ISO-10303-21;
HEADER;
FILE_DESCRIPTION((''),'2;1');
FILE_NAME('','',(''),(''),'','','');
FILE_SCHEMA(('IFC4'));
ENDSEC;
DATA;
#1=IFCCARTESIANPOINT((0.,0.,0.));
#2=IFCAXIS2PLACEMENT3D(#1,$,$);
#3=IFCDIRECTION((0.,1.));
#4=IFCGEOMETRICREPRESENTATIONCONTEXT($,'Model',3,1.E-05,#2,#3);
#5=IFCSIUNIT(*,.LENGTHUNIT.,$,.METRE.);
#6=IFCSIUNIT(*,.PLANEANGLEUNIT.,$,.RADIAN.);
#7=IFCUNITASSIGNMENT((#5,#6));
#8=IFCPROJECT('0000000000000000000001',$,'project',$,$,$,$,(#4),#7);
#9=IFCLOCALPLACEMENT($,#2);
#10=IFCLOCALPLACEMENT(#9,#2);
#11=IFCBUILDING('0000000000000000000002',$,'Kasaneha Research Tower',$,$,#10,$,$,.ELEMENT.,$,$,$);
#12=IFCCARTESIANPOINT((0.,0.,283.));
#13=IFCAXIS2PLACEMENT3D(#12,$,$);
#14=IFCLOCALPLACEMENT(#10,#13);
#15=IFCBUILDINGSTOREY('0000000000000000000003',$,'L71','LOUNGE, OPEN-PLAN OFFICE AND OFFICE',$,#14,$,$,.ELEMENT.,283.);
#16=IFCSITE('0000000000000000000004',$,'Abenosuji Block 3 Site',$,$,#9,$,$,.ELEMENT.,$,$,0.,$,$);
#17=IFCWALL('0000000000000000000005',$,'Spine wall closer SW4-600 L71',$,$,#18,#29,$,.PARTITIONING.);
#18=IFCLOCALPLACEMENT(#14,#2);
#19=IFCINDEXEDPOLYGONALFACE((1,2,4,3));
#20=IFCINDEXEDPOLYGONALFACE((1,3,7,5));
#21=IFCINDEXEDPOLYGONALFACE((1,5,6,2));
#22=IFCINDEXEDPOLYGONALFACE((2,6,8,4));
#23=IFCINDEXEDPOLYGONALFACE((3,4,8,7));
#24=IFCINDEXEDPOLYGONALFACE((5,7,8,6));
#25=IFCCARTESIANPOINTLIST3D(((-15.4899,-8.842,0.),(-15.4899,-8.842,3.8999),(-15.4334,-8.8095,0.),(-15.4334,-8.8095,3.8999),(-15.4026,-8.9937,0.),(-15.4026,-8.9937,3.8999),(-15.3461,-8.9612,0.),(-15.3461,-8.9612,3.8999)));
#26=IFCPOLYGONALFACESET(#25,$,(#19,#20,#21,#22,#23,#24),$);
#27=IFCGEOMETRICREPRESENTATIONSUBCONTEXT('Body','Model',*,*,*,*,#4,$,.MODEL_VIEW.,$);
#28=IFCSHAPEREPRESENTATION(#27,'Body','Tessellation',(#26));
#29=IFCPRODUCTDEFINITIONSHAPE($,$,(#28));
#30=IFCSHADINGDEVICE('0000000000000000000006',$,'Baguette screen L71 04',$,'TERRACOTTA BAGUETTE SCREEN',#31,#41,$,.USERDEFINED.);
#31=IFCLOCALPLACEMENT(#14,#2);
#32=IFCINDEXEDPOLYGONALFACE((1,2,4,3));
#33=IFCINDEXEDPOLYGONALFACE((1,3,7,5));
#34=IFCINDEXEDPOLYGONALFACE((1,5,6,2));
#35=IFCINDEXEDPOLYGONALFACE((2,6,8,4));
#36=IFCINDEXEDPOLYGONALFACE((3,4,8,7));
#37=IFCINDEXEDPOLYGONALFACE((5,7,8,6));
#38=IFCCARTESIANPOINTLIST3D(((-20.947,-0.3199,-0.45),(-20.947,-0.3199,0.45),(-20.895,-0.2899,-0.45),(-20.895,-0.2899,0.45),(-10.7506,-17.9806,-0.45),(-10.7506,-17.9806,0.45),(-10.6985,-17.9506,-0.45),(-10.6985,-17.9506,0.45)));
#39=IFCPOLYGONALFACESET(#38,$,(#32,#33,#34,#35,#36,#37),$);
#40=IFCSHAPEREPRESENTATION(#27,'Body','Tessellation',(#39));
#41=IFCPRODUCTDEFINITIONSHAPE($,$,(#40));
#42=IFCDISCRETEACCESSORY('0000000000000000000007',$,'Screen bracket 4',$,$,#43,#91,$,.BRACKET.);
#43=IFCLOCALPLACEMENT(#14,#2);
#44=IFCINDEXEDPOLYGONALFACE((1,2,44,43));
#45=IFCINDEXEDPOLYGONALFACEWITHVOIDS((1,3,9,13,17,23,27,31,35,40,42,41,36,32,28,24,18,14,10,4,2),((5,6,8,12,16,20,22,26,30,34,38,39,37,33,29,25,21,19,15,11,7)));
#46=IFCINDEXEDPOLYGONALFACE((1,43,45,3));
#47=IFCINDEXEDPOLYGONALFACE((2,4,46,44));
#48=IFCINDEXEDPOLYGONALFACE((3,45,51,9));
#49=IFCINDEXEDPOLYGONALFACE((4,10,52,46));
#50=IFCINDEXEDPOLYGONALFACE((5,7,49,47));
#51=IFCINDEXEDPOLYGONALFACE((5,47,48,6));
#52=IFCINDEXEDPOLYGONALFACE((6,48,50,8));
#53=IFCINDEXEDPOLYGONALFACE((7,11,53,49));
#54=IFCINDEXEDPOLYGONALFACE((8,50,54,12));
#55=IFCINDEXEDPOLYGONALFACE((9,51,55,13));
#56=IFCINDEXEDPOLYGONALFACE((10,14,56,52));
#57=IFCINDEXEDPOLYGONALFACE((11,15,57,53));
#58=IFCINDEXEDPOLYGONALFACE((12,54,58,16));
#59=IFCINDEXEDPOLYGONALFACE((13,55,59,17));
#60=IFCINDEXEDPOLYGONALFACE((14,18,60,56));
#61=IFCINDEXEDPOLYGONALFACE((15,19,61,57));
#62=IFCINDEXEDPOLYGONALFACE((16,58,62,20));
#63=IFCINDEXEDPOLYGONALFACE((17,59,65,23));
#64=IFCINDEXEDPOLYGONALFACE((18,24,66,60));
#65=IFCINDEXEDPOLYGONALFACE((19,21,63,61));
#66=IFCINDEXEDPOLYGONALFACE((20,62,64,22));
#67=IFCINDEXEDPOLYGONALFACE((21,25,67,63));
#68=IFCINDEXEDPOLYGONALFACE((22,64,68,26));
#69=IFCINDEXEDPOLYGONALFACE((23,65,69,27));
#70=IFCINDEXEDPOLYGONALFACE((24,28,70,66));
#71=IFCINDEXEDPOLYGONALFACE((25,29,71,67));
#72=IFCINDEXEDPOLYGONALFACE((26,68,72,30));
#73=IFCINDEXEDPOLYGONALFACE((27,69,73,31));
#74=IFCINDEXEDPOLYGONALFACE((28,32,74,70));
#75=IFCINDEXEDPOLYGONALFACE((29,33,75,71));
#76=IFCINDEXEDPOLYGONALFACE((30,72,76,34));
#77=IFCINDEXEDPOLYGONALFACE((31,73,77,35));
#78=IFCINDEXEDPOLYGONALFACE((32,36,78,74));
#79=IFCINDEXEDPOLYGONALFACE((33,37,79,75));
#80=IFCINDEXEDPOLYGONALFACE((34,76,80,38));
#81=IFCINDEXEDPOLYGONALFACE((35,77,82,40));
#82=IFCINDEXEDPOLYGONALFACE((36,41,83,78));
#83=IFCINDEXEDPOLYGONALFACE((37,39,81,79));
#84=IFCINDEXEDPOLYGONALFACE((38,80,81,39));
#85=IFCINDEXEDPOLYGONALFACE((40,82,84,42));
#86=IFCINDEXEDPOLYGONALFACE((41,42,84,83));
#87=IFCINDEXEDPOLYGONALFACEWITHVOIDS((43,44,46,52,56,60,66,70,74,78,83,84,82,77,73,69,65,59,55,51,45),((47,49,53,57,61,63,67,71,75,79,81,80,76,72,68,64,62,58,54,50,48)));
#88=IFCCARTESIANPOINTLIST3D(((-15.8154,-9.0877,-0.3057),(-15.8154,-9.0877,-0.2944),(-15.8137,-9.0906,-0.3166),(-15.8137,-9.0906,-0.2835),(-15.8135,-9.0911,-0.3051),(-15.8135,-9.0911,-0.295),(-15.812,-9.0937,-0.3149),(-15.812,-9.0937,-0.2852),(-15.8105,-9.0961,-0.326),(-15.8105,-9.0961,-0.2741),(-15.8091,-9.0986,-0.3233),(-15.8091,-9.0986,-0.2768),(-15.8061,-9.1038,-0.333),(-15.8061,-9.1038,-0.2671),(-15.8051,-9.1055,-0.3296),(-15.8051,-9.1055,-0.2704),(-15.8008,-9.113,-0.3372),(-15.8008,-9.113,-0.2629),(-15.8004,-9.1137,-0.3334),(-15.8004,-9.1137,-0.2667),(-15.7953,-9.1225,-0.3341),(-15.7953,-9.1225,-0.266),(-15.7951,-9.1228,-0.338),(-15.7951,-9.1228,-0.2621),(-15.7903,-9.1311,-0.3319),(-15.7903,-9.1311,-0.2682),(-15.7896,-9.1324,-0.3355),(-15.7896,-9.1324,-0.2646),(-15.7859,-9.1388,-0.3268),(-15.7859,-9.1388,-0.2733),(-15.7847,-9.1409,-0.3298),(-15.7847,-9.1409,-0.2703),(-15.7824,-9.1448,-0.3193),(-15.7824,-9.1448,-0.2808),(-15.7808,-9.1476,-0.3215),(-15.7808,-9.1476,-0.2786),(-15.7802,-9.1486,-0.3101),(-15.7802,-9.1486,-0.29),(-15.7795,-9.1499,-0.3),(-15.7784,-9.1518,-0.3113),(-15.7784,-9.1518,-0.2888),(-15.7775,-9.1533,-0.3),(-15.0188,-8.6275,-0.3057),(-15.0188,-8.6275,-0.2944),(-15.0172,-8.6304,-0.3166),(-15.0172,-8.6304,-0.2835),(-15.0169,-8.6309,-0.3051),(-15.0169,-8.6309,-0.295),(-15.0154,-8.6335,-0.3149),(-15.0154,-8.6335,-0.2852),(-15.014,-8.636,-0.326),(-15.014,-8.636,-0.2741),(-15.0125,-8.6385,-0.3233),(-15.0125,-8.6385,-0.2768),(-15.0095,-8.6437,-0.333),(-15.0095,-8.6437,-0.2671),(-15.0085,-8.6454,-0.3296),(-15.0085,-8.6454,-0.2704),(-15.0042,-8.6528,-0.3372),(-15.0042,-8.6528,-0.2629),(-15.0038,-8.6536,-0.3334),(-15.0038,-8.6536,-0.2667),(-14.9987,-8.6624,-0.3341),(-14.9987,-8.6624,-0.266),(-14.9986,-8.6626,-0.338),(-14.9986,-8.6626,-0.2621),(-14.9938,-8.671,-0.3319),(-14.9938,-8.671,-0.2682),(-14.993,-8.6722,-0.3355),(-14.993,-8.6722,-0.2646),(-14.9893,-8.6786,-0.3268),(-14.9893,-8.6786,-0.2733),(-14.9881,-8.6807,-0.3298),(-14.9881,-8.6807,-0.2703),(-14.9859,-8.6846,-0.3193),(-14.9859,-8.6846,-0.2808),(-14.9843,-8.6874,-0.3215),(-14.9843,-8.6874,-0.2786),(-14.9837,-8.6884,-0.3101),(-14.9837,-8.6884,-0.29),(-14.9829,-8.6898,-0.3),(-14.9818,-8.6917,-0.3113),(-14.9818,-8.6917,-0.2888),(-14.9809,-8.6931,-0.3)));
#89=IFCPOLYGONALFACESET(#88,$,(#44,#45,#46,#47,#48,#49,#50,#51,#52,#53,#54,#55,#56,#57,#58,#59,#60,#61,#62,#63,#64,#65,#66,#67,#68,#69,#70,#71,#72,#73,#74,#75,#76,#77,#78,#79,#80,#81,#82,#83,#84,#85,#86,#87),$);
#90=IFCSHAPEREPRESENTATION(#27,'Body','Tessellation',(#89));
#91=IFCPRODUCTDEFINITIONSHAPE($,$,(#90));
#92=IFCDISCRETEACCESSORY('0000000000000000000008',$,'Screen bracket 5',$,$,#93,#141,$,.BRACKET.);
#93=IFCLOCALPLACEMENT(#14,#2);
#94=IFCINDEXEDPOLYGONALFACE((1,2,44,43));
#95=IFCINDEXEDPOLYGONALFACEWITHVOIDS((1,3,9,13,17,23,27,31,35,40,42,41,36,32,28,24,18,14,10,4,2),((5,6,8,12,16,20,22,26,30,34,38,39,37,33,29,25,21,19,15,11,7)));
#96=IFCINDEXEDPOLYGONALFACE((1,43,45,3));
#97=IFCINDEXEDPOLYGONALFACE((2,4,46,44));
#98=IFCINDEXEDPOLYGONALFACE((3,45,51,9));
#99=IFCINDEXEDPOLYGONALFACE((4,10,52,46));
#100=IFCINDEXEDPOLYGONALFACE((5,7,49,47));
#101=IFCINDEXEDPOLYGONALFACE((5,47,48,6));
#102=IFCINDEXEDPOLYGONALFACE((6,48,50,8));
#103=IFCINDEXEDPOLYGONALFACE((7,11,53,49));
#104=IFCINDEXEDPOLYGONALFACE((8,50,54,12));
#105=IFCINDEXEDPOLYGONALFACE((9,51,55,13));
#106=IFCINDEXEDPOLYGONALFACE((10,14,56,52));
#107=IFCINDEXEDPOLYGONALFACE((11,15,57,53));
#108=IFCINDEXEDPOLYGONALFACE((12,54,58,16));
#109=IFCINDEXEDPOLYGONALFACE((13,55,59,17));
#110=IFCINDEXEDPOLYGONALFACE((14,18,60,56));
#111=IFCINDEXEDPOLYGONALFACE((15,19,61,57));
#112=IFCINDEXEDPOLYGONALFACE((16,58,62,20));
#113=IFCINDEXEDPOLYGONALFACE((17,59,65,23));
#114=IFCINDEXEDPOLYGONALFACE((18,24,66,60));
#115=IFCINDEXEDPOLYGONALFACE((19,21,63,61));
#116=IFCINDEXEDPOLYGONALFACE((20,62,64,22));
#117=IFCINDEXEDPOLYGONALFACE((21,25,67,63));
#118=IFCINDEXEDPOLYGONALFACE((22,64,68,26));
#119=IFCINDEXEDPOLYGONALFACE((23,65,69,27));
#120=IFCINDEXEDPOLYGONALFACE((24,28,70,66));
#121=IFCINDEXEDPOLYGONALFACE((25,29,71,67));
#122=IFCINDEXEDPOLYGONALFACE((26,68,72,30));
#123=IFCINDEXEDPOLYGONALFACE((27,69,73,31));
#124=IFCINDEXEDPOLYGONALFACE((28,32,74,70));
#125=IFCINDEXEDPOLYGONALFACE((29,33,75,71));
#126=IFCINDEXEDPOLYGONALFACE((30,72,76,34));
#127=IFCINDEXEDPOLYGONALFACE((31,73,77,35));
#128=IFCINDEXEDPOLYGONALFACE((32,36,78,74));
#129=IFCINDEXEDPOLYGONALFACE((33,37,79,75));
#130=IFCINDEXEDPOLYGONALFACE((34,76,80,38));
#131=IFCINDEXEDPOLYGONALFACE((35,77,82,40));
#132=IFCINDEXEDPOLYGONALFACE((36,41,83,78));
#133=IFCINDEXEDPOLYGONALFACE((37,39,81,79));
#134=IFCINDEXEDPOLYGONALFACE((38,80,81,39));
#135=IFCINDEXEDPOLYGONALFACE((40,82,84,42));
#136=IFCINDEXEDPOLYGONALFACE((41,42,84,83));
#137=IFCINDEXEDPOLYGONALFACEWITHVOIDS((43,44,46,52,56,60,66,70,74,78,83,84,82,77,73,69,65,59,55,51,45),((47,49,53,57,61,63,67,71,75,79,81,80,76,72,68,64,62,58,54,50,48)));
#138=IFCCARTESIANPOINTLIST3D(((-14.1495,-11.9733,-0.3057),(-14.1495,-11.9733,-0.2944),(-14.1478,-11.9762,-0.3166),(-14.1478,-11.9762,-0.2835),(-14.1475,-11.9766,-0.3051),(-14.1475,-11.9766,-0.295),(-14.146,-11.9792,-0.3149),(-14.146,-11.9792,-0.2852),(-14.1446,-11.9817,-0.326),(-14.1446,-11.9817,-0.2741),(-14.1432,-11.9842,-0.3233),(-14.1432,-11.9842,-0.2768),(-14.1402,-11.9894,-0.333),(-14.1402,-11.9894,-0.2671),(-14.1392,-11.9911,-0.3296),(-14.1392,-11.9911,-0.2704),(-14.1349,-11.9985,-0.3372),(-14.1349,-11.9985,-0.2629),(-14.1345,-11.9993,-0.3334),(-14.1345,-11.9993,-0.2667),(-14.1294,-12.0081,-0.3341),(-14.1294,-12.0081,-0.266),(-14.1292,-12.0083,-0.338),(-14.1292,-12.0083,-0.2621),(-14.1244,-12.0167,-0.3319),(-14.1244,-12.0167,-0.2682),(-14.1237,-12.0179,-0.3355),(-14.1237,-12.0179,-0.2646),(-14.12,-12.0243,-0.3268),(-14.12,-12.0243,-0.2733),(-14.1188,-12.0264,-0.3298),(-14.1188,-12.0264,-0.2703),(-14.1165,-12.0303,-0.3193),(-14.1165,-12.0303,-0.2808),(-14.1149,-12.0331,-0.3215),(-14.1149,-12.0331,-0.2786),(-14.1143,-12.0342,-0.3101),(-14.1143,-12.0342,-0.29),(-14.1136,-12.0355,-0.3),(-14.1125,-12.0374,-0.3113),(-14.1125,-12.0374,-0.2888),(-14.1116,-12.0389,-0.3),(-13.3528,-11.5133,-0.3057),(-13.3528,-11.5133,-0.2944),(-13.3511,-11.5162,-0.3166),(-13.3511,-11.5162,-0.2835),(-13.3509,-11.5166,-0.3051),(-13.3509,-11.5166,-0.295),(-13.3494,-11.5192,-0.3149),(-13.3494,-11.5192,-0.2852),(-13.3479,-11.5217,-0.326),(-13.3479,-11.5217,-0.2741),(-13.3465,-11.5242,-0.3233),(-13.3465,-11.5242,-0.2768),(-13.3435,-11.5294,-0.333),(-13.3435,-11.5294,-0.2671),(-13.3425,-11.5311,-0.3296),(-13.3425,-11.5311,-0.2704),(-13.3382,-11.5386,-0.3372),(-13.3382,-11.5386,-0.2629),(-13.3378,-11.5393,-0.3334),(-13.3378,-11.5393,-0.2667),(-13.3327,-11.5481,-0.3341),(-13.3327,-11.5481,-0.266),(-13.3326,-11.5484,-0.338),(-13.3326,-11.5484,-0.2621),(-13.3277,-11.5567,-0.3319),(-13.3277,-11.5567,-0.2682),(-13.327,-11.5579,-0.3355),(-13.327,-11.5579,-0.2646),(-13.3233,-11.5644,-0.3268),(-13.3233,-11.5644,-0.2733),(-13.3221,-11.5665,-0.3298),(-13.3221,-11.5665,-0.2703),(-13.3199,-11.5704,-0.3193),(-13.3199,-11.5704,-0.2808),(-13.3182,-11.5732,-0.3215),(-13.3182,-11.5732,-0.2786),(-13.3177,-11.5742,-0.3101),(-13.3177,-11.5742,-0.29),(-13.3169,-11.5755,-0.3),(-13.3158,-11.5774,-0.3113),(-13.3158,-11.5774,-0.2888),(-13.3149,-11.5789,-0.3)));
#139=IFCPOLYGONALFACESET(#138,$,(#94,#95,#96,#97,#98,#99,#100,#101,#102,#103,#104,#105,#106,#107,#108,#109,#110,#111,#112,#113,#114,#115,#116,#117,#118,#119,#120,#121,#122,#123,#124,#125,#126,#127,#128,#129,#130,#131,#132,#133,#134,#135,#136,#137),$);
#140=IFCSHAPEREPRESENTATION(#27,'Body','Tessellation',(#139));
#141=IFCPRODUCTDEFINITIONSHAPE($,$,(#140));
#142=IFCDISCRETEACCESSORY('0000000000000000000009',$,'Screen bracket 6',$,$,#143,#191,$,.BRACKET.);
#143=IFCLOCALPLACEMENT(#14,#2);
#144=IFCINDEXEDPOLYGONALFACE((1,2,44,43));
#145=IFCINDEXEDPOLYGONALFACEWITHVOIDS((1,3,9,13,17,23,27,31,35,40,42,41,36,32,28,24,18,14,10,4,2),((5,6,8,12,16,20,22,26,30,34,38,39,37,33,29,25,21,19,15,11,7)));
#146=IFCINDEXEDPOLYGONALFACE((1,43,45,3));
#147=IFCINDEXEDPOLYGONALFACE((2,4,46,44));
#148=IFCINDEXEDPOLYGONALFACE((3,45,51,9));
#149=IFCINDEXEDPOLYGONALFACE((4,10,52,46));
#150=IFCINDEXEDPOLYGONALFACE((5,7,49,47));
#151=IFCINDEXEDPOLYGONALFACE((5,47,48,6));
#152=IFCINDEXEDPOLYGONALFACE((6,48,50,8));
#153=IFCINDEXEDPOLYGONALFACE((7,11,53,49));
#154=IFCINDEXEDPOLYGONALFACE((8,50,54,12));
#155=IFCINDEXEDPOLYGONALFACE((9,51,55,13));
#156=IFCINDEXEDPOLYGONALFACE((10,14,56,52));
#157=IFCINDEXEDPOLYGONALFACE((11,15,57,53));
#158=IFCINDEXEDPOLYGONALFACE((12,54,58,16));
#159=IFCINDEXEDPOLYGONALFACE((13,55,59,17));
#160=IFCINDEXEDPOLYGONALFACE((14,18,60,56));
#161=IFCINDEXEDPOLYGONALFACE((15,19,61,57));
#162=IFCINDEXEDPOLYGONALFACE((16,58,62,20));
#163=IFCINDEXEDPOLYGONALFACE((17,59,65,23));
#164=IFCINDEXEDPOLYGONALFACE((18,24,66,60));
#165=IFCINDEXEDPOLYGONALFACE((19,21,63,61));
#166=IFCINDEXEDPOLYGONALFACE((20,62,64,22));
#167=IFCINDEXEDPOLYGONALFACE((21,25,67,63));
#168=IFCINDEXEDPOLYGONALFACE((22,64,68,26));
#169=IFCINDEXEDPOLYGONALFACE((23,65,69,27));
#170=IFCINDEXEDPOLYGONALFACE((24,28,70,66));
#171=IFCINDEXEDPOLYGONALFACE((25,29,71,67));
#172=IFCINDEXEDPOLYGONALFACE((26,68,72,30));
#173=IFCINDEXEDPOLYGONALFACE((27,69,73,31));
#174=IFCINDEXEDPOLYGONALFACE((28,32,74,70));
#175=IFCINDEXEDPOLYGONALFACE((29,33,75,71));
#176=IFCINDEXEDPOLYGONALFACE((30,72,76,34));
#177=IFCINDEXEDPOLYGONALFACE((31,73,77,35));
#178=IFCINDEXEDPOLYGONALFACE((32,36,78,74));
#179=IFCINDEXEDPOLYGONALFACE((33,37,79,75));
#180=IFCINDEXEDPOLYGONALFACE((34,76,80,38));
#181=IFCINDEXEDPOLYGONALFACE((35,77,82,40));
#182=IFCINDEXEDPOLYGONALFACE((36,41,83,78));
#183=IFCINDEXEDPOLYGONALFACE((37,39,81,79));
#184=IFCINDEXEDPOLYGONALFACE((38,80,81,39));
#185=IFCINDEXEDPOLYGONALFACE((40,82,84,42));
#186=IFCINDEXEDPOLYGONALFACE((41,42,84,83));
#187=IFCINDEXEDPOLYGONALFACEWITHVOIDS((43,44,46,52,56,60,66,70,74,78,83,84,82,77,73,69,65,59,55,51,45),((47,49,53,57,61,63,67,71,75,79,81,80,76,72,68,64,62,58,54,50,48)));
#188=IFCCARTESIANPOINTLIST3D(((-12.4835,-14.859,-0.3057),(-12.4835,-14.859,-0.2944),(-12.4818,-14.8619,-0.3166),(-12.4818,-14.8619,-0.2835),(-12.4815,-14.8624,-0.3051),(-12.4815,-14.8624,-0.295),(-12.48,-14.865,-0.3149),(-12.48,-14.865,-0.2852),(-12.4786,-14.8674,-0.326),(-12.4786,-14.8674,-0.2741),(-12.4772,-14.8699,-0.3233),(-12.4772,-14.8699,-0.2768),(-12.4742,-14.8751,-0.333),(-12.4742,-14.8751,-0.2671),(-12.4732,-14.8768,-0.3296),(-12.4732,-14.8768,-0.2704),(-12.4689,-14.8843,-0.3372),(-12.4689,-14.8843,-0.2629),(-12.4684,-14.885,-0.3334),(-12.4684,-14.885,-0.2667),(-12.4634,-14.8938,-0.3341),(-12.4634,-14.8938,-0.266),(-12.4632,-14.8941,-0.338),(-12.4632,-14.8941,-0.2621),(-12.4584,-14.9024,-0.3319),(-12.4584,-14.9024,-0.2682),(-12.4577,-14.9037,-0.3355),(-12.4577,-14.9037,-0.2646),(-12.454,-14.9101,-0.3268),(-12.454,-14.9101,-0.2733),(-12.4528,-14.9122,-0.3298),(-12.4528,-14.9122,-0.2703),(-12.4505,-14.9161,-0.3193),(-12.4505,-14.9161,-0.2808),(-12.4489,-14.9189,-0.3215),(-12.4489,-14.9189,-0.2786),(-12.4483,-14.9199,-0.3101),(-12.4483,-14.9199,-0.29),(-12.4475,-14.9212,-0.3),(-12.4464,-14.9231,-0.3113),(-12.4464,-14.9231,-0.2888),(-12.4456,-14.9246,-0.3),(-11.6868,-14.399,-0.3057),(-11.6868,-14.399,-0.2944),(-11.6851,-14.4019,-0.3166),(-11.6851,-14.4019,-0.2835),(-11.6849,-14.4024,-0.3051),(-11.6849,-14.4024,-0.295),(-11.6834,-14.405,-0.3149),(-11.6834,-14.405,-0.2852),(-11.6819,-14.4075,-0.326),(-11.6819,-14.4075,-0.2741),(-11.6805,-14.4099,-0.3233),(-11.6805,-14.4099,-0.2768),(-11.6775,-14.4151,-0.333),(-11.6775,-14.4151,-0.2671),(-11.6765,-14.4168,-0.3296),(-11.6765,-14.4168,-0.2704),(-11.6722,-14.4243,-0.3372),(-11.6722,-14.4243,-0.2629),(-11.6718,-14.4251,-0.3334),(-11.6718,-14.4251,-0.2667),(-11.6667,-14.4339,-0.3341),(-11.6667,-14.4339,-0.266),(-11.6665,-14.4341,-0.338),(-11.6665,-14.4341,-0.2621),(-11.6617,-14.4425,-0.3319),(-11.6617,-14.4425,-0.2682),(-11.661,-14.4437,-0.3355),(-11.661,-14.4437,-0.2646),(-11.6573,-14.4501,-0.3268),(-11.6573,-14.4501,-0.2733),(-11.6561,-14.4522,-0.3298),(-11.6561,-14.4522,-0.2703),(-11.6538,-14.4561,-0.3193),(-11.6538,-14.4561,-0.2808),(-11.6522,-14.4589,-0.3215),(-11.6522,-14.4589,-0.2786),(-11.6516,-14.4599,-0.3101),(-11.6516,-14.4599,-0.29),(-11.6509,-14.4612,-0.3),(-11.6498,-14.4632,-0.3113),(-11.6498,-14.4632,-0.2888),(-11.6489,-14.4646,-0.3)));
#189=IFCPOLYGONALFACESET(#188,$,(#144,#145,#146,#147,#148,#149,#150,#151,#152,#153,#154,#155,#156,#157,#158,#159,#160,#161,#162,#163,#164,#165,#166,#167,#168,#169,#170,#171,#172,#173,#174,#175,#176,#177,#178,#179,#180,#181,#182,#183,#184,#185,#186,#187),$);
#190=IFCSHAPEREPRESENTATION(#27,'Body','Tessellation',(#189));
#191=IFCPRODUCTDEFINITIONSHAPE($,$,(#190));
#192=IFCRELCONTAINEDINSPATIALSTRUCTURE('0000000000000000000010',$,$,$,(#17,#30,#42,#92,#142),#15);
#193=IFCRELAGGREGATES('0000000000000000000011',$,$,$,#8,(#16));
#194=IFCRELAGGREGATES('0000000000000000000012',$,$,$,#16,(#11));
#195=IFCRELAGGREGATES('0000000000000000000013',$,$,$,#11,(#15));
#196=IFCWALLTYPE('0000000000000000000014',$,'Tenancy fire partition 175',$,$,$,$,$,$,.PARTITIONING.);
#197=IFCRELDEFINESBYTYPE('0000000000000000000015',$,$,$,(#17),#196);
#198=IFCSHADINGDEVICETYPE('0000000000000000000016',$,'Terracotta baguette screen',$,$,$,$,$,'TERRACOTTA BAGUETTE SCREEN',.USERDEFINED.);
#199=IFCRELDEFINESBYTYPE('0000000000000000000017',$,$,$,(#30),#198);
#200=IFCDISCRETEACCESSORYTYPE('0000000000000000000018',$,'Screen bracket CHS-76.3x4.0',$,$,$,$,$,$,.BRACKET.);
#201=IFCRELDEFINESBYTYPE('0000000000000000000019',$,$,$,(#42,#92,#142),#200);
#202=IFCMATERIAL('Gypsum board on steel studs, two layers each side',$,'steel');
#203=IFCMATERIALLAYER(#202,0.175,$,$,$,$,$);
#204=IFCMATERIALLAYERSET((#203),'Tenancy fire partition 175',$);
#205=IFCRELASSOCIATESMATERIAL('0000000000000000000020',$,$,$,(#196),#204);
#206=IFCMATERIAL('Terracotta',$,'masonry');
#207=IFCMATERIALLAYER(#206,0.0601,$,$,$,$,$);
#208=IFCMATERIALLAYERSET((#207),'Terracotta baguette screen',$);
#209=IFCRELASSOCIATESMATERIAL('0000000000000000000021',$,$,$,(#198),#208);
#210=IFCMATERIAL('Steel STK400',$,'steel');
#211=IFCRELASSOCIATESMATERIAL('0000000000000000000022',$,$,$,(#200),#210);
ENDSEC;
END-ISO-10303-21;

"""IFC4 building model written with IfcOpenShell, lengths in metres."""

from ifc_helpers import new_model, si_unit, direction, frame, frame_2d, origin, origin_2d, place, context, subcontext, project, spatial, rectangle, hollow_circle, extrude, material, layer, layer_set, material_profile, profile_set, type_object, element, save


model = new_model("IFC4")

# Units and contexts
model_context = context("Model", 3, precision=1e-05, world=origin(), true_north=direction((0.0, 1.0)))
body_context = subcontext(model_context, "Body", "Model", "MODEL_VIEW")
ifc_project = project(units=[si_unit("LENGTHUNIT", "METRE"), si_unit("PLANEANGLEUNIT", "RADIAN")], contexts=[model_context])

# Site, building, storey
site_placement = place(None, origin())
site = spatial("IfcSite", under=ifc_project, at=site_placement, Name="Abenosuji Block 3 Site", CompositionType="ELEMENT", RefElevation=0.0)
building_placement = place(site_placement, origin())
building = spatial("IfcBuilding", under=site, at=building_placement, Name="Kasaneha Research Tower", CompositionType="ELEMENT")
storey_placement = place(building_placement, frame((0.0, 0.0, 283.0)))
storey = spatial("IfcBuildingStorey", under=building, at=storey_placement, Name="L71", Description="LOUNGE, OPEN-PLAN OFFICE AND OFFICE", CompositionType="ELEMENT", Elevation=283.0)

# Wall
ifc_material_1 = material(Name="Gypsum board on steel studs, two layers each side", Category="steel")
ifc_layer_1 = layer(ifc_material_1, 0.175)
ifc_layer_set_1 = layer_set([ifc_layer_1], Name="Tenancy fire partition 175")
wall_type_1 = type_object("IfcWallType", Name="Tenancy fire partition 175", PredefinedType="PARTITIONING", material=ifc_layer_set_1)
wall_1_placement = place(storey_placement, frame((-15.3896, -8.8853, 0.0), z_axis=(0.0, 0.0, 1.0), x_axis=(-0.866622, -0.498964, 0.0)))
element("IfcWall", 1, at=wall_1_placement, inside=storey, type_object=wall_type_1, Name="Spine wall closer SW4-600 L71", PredefinedType="PARTITIONING", context=body_context, shape_type="SweptSolid", body=[
    extrude(rectangle(XDim=0.0652, YDim=0.175, at=frame_2d((0.0327, 0.0))), origin(), (0.0, 0.0, 1.0), 3.8999),
])

# Shading device
ifc_material_2 = material(Name="Terracotta", Category="masonry")
ifc_layer_2 = layer(ifc_material_2, 0.0601)
ifc_layer_set_2 = layer_set([ifc_layer_2], Name="Terracotta baguette screen")
shading_device_type = type_object("IfcShadingDeviceType", Name="Terracotta baguette screen", ElementType="TERRACOTTA BAGUETTE SCREEN", PredefinedType="USERDEFINED", material=ifc_layer_set_2)
shading_device_placement = place(storey_placement, frame((-15.8228, -9.1353, -0.45), z_axis=(0.0, 0.0, 1.0), x_axis=(0.5, -0.866025, 0.0)))
element("IfcShadingDevice", 2, at=shading_device_placement, inside=storey, type_object=shading_device_type, Name="Baguette screen L71 04", ObjectType="TERRACOTTA BAGUETTE SCREEN", PredefinedType="USERDEFINED", context=body_context, shape_type="SweptSolid", body=[
    extrude(rectangle(XDim=20.3928, YDim=0.0601, at=origin_2d()), origin(), (0.0, 0.0, 1.0), 0.8999),
])

# Discrete accessories
ifc_material_3 = material(Name="Steel STK400", Category="steel")
ifc_material_profile_1 = material_profile(ifc_material_3, hollow_circle(Radius=0.0381, WallThickness=0.0039, at=origin_2d()), Name="CHS-76.3x4.0")
ifc_profile_set_1 = profile_set([ifc_material_profile_1], Name="Steel STK400")
discrete_accessory_type = type_object("IfcDiscreteAccessoryType", Name="Screen bracket CHS-76.3x4.0", PredefinedType="BRACKET", material=ifc_profile_set_1)
for number, where, z_axis, x_axis, name in (
    (3, (-15.0, -8.6602, -0.3), (-0.865898, -0.50022, 0.0), (0.50022, -0.865898, 0.0), "Screen bracket 4"),
    (4, (-13.334, -11.5459, -0.3), (-0.866013, -0.500021, 0.0), (0.500021, -0.866013, 0.0), "Screen bracket 5"),
    (5, (-11.668, -14.4316, -0.3), (-0.866013, -0.500021, 0.0), (0.500021, -0.866013, 0.0), "Screen bracket 6"),
):
    element("IfcDiscreteAccessory", number, at=place(storey_placement, frame(where, z_axis=z_axis, x_axis=x_axis)), inside=storey, type_object=discrete_accessory_type, Name=name, PredefinedType="BRACKET", context=body_context, shape_type="SweptSolid", body=[
        extrude(hollow_circle(Radius=0.0381, WallThickness=0.0039, at=origin_2d()), origin(), (0.0, 0.0, 1.0), 0.9199),
    ])

save(model, "model.ifc")
